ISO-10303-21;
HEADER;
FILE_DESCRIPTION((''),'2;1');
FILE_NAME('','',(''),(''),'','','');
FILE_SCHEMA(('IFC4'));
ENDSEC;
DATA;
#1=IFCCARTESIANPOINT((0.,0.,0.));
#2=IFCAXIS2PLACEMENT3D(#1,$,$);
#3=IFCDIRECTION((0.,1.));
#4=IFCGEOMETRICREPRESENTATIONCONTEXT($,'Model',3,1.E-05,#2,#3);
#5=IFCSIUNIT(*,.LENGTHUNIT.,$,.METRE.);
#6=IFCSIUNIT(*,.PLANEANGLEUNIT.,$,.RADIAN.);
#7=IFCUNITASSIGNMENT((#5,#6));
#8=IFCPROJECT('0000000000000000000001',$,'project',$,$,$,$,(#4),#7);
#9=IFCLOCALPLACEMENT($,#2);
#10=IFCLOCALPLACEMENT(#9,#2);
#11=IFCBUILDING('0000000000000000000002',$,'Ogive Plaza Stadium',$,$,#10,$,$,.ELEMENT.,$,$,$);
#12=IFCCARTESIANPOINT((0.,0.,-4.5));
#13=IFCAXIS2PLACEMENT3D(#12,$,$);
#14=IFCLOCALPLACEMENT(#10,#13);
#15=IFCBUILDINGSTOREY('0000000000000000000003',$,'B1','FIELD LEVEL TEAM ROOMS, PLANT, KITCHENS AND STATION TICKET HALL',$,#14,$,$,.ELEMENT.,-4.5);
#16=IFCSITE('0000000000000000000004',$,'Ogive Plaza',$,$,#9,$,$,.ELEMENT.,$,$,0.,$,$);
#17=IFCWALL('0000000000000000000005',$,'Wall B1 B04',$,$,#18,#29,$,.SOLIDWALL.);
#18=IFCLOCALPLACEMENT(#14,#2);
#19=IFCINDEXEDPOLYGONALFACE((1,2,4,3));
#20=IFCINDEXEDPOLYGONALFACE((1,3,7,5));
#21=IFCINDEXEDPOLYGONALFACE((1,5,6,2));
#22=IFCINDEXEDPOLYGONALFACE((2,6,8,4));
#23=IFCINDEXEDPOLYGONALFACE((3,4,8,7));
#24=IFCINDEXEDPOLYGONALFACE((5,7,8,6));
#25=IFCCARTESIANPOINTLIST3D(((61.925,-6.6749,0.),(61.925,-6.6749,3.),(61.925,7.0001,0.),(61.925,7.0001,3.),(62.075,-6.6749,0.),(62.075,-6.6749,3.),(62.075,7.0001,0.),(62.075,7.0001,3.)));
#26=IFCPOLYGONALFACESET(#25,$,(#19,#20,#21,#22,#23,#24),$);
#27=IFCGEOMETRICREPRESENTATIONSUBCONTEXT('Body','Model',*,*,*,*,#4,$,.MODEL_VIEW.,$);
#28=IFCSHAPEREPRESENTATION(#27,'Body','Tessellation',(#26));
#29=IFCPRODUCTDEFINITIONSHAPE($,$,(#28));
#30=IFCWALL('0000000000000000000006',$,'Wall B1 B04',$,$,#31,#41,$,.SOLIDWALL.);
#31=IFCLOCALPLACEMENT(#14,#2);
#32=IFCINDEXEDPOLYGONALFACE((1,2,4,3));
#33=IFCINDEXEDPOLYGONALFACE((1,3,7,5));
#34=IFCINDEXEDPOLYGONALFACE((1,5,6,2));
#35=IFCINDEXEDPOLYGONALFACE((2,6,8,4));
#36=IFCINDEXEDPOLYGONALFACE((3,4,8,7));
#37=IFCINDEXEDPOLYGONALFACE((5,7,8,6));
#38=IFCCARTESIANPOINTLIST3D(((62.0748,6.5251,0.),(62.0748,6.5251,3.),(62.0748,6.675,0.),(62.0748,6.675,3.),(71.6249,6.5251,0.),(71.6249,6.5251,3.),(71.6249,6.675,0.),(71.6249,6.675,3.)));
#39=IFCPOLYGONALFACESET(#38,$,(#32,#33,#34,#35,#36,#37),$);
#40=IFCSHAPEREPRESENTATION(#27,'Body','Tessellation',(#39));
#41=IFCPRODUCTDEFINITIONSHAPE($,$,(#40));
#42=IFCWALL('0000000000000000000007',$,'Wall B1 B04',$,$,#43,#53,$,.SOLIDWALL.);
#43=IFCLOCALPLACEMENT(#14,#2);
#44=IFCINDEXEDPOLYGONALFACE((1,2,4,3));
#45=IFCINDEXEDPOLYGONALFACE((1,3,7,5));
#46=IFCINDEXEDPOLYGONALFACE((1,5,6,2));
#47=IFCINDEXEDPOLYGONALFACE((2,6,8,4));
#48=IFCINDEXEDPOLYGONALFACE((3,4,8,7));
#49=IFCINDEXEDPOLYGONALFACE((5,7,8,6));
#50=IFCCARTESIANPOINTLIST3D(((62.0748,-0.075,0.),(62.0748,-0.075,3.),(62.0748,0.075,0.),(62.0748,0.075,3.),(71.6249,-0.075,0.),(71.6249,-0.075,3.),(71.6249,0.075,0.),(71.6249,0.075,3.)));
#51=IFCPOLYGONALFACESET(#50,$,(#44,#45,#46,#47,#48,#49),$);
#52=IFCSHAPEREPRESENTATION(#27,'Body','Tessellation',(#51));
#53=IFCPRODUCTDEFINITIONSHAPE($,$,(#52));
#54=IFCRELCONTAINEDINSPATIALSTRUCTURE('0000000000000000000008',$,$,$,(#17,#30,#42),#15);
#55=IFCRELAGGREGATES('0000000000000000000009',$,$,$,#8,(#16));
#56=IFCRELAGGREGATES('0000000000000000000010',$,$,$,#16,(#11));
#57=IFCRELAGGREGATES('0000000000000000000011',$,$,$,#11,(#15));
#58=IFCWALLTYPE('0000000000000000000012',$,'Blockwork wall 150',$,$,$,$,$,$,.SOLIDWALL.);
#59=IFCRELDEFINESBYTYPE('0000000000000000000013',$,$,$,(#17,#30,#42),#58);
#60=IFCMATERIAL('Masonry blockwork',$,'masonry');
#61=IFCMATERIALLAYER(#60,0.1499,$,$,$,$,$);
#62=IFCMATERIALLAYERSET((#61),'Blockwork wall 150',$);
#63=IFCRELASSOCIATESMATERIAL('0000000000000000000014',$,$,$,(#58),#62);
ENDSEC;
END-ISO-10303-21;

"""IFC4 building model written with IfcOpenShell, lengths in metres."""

from ifc_helpers import new_model, si_unit, direction, frame, frame_2d, origin, place, context, subcontext, project, spatial, rectangle, extrude, material, layer, layer_set, type_object, element, save


model = new_model("IFC4")

# Units and contexts
model_context = context("Model", 3, precision=1e-05, world=origin(), true_north=direction((0.0, 1.0)))
body_context = subcontext(model_context, "Body", "Model", "MODEL_VIEW")
ifc_project = project(units=[si_unit("LENGTHUNIT", "METRE"), si_unit("PLANEANGLEUNIT", "RADIAN")], contexts=[model_context])

# Site, building, storey
site_placement = place(None, origin())
site = spatial("IfcSite", under=ifc_project, at=site_placement, Name="Ogive Plaza", CompositionType="ELEMENT", RefElevation=0.0)
building_placement = place(site_placement, origin())
building = spatial("IfcBuilding", under=site, at=building_placement, Name="Ogive Plaza Stadium", CompositionType="ELEMENT")
storey_placement = place(building_placement, frame((0.0, 0.0, -4.5)))
storey = spatial("IfcBuildingStorey", under=building, at=storey_placement, Name="B1", Description="FIELD LEVEL TEAM ROOMS, PLANT, KITCHENS AND STATION TICKET HALL", CompositionType="ELEMENT", Elevation=-4.5)

# Walls
ifc_material_1 = material(Name="Masonry blockwork", Category="masonry")
ifc_layer_1 = layer(ifc_material_1, 0.1499)
ifc_layer_set_1 = layer_set([ifc_layer_1], Name="Blockwork wall 150")
wall_type = type_object("IfcWallType", Name="Blockwork wall 150", PredefinedType="SOLIDWALL", material=ifc_layer_set_1)
wall_1_placement = place(storey_placement, frame((62.0, 7.0, 0.0), z_axis=(0.0, 0.0, 1.0), x_axis=(0.0, -1.0, 0.0)))
element("IfcWall", 1, at=wall_1_placement, inside=storey, type_object=wall_type, Name="Wall B1 B04", PredefinedType="SOLIDWALL", context=body_context, shape_type="SweptSolid", body=[
    extrude(rectangle(XDim=13.675, YDim=0.1499, at=frame_2d((6.8374, 0.0))), origin(), (0.0, 0.0, 1.0), 3.0),
])
for number, where, z_axis, x_axis, name in (
    (2, (62.075, 6.6001, 0.0), (0.0, 0.0, 1.0), (1.0, 0.0, 0.0), "Wall B1 B04"),
    (3, (62.075, 0.0, 0.0), (0.0, 0.0, 1.0), (1.0, 0.0, 0.0), "Wall B1 B04"),
):
    element("IfcWall", number, at=place(storey_placement, frame(where, z_axis=z_axis, x_axis=x_axis)), inside=storey, type_object=wall_type, Name=name, PredefinedType="SOLIDWALL", context=body_context, shape_type="SweptSolid", body=[
        extrude(rectangle(XDim=9.55, YDim=0.1499, at=frame_2d((4.7749, 0.0))), origin(), (0.0, 0.0, 1.0), 3.0),
    ])

save(model, "model.ifc")
